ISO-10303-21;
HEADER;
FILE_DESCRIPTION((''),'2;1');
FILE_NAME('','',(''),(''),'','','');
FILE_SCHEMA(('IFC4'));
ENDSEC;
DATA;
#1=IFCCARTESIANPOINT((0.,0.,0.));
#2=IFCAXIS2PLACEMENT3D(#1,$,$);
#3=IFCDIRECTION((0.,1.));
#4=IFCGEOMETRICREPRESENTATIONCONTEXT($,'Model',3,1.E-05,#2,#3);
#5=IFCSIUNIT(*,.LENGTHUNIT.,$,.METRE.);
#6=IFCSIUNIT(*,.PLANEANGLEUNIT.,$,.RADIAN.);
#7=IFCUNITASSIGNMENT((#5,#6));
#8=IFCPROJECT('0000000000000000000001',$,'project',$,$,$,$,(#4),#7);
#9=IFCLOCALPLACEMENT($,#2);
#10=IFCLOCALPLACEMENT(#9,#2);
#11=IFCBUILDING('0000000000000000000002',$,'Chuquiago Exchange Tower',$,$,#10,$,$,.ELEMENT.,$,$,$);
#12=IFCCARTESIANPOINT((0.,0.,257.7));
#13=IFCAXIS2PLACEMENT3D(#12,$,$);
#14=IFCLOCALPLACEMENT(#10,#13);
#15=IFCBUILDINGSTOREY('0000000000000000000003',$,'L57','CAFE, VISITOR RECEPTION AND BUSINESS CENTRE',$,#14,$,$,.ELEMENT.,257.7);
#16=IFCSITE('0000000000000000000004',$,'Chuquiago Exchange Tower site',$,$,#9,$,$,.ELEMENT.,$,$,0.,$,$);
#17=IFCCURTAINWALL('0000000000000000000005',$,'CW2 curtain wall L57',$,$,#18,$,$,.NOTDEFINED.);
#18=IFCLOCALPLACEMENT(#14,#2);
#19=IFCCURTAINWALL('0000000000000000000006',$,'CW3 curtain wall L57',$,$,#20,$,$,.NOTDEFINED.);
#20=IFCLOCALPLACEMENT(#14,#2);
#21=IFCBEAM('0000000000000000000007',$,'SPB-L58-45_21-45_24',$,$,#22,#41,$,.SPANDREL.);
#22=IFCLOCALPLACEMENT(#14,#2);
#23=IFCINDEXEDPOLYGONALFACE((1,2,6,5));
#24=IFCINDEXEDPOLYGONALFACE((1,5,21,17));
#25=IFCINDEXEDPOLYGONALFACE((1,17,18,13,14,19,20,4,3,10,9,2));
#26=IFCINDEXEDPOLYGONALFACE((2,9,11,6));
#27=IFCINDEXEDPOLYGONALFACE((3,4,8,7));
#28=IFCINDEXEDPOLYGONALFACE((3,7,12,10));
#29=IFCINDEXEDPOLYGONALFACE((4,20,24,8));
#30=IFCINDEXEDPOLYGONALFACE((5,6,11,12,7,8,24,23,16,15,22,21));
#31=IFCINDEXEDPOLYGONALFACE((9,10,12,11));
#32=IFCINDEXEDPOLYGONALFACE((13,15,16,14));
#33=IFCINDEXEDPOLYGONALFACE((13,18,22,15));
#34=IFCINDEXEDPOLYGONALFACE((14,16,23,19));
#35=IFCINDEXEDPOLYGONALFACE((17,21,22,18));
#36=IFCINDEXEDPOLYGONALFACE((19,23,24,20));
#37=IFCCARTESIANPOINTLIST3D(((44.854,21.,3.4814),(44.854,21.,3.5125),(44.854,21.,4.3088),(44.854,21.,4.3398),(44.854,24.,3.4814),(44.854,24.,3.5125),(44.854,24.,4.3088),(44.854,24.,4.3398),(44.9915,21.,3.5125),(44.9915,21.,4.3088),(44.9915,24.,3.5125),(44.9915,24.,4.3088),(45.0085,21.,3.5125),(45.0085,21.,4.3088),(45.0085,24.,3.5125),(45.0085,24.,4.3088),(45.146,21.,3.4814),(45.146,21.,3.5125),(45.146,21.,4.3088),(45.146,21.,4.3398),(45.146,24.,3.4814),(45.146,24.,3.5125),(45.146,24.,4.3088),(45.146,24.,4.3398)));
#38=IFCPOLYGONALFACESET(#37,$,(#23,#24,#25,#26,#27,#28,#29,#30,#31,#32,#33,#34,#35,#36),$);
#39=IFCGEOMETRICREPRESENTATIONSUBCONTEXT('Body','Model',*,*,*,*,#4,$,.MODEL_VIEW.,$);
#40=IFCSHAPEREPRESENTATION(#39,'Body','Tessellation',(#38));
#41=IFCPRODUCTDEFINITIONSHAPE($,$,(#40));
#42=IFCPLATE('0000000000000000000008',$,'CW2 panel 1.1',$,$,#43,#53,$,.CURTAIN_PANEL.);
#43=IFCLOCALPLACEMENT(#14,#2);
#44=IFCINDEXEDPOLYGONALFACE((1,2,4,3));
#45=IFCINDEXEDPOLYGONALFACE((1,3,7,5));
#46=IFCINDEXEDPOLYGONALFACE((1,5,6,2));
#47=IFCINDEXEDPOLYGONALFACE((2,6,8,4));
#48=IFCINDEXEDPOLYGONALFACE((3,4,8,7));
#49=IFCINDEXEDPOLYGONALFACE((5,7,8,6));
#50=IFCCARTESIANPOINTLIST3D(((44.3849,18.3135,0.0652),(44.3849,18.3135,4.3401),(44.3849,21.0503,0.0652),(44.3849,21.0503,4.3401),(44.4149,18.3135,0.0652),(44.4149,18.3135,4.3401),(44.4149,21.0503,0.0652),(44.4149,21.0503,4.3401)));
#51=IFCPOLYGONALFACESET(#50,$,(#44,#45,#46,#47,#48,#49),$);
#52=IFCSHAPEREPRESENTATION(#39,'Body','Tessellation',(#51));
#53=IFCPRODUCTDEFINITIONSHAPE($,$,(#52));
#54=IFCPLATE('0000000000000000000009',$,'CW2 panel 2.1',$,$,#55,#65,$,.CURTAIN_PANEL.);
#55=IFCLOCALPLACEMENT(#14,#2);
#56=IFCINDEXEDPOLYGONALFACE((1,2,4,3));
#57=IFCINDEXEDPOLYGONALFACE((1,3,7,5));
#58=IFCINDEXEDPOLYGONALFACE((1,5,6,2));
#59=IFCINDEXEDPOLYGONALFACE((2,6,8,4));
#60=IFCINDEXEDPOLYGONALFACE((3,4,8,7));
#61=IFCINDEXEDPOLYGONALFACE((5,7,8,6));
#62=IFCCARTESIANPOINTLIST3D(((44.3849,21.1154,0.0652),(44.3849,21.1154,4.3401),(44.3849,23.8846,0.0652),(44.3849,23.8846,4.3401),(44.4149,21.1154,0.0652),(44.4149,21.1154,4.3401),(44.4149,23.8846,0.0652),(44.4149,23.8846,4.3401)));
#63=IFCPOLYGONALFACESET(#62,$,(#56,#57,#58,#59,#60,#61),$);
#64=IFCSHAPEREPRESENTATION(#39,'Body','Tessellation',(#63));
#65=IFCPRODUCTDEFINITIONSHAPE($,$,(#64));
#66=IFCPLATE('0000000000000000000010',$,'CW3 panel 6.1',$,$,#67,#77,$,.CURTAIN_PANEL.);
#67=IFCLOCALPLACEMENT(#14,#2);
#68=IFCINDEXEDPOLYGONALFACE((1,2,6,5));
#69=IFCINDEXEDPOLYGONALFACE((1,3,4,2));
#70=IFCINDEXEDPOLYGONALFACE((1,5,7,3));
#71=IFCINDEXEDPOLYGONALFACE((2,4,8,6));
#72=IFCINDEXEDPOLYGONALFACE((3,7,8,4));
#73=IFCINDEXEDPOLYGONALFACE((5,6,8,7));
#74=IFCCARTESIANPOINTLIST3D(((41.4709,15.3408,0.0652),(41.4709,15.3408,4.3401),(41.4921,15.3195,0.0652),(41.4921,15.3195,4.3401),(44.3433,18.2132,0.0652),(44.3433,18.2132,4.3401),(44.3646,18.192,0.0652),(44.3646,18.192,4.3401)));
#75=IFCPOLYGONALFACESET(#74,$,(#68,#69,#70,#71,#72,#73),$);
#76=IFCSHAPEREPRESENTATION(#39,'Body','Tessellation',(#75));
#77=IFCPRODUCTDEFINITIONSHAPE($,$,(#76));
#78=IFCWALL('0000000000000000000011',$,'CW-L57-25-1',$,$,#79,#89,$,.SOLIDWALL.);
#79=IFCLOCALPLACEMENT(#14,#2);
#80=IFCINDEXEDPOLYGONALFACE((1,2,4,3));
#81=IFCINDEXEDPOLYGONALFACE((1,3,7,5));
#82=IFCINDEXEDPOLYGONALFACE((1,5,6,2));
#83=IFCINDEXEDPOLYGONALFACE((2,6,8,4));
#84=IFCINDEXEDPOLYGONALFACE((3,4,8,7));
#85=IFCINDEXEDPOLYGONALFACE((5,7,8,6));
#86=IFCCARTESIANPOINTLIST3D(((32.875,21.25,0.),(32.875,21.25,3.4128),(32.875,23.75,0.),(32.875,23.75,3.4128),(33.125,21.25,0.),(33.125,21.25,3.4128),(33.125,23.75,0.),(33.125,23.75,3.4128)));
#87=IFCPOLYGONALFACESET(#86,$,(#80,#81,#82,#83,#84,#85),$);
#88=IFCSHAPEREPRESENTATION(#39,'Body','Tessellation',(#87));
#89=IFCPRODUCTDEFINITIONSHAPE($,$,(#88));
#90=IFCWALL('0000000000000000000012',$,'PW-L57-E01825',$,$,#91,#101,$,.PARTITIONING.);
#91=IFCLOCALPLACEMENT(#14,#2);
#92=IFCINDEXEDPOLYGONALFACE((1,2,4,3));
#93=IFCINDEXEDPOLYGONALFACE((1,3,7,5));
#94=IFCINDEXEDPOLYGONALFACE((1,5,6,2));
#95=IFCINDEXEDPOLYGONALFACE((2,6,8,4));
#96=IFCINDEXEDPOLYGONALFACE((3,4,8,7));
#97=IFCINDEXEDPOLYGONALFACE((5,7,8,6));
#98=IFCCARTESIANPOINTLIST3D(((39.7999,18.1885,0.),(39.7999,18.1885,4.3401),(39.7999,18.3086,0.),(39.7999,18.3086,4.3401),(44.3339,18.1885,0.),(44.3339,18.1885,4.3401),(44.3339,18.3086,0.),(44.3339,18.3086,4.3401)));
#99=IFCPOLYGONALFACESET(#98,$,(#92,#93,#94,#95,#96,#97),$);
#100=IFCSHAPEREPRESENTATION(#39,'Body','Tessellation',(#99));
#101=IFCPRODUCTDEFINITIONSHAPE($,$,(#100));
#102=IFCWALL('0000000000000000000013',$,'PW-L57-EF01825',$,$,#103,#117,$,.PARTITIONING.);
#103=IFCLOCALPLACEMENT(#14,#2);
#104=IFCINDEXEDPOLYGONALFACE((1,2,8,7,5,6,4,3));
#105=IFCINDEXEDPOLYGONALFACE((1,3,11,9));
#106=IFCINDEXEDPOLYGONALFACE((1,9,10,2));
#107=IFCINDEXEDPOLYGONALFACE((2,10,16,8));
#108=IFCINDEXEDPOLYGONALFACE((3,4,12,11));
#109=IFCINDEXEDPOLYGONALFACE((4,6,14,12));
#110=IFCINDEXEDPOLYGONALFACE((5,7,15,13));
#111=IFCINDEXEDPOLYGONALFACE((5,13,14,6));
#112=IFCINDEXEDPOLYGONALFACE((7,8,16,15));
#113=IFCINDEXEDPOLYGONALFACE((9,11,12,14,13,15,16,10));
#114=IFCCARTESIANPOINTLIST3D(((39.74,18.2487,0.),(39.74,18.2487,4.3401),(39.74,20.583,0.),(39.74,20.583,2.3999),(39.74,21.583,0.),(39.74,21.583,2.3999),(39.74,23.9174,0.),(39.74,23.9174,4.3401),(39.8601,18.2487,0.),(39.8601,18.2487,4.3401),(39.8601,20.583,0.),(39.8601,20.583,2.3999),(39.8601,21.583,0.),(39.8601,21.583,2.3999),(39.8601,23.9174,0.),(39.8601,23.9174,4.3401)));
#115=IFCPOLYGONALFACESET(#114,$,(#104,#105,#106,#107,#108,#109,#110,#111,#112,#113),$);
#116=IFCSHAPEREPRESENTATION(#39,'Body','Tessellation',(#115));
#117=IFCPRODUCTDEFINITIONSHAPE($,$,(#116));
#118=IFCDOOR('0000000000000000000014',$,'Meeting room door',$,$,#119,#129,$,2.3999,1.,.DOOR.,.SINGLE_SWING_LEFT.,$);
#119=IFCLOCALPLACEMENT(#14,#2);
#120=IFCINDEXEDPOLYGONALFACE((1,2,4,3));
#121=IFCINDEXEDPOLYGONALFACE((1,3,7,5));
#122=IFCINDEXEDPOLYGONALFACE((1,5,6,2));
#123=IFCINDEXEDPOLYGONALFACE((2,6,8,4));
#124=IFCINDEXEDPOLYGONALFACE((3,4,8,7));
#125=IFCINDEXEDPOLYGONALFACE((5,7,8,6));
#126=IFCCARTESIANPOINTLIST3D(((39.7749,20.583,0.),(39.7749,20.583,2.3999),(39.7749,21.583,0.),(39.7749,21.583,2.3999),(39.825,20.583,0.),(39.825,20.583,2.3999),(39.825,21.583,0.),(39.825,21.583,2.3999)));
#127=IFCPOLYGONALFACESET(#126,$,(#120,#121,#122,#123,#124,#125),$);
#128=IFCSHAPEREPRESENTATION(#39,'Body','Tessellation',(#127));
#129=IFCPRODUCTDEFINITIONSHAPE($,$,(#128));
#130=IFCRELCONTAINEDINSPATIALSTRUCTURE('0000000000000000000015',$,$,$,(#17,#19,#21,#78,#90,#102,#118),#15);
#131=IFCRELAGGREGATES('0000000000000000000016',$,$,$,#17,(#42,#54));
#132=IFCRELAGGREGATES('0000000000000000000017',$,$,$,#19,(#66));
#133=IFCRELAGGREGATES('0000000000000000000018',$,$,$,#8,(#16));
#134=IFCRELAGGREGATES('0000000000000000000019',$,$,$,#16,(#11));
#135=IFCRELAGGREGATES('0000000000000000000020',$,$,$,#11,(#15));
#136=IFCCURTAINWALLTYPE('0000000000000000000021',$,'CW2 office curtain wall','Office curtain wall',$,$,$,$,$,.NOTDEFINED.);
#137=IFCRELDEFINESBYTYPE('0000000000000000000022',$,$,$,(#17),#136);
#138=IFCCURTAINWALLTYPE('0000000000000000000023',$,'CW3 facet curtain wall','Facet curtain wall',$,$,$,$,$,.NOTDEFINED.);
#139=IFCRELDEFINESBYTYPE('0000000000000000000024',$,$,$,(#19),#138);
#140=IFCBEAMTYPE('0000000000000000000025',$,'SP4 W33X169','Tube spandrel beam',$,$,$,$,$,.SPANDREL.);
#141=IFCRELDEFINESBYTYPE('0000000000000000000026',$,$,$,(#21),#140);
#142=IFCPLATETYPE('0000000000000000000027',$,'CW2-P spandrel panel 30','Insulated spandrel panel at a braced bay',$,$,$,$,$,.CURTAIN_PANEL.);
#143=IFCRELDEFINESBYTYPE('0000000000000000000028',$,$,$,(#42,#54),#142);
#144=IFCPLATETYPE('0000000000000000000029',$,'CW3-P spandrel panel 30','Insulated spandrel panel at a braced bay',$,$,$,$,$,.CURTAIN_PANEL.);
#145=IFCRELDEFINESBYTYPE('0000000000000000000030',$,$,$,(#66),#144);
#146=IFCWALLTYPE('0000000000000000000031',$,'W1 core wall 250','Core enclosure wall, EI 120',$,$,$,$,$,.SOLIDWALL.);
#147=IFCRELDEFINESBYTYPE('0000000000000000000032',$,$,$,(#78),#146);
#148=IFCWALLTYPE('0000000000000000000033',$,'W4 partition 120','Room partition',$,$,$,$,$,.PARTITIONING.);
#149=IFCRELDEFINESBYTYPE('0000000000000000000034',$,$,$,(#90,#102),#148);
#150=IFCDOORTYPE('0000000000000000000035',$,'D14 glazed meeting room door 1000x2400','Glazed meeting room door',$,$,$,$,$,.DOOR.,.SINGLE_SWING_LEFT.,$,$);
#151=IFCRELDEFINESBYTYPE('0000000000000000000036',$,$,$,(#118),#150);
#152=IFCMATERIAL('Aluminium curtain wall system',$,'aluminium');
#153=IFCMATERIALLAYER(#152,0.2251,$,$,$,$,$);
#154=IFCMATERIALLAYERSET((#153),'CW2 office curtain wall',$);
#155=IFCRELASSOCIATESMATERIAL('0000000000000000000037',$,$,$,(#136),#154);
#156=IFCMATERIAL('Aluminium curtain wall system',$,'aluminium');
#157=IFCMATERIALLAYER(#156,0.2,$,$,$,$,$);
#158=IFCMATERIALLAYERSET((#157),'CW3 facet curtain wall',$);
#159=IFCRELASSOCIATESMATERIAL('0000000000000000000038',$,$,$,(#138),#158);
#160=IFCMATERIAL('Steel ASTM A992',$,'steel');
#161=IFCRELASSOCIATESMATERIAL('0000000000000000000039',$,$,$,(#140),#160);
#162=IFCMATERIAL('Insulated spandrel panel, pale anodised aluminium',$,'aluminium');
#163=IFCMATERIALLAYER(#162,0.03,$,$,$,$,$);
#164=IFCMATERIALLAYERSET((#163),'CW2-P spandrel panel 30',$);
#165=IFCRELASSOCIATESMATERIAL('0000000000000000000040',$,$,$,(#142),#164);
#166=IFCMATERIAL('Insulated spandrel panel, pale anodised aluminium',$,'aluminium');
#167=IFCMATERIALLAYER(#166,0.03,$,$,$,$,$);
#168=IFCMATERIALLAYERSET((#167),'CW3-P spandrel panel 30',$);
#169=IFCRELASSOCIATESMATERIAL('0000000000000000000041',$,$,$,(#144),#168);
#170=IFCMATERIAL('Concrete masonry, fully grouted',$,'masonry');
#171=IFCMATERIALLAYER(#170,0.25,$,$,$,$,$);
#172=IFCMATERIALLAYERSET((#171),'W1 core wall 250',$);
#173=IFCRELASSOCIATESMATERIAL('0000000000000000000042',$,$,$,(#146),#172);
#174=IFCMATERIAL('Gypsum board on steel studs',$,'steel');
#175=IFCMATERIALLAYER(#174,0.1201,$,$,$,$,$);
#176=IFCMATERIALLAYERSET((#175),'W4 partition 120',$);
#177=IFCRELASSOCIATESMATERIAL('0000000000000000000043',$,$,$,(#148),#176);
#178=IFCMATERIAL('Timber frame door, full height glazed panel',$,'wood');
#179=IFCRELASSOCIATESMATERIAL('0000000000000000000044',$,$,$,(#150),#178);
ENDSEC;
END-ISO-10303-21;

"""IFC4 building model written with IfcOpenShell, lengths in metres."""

from ifc_helpers import new_model, si_unit, direction, frame, frame_2d, origin, origin_2d, place, context, subcontext, project, spatial, rectangle, i_section, extrude, material, layer, layer_set, material_profile, profile_set, type_object, element, fill, aggregate, save


model = new_model("IFC4")

# Units and contexts
model_context = context("Model", 3, precision=1e-05, world=origin(), true_north=direction((0.0, 1.0)))
body_context = subcontext(model_context, "Body", "Model", "MODEL_VIEW")
ifc_project = project(units=[si_unit("LENGTHUNIT", "METRE"), si_unit("PLANEANGLEUNIT", "RADIAN")], contexts=[model_context])

# Site, building, storey
site_placement = place(None, origin())
site = spatial("IfcSite", under=ifc_project, at=site_placement, Name="Chuquiago Exchange Tower site", CompositionType="ELEMENT", RefElevation=0.0)
building_placement = place(site_placement, origin())
building = spatial("IfcBuilding", under=site, at=building_placement, Name="Chuquiago Exchange Tower", CompositionType="ELEMENT")
storey_placement = place(building_placement, frame((0.0, 0.0, 257.7)))
storey = spatial("IfcBuildingStorey", under=building, at=storey_placement, Name="L57", Description="CAFE, VISITOR RECEPTION AND BUSINESS CENTRE", CompositionType="ELEMENT", Elevation=257.7)

# Curtain walls
ifc_material_1 = material(Name="Aluminium curtain wall system", Category="aluminium")
ifc_layer_1 = layer(ifc_material_1, 0.2251)
ifc_layer_set_1 = layer_set([ifc_layer_1], Name="CW2 office curtain wall")
curtain_wall_type_1 = type_object("IfcCurtainWallType", Name="CW2 office curtain wall", Description="Office curtain wall", PredefinedType="NOTDEFINED", material=ifc_layer_set_1)
curtain_wall_1_placement = place(storey_placement, origin())
curtain_wall_1 = element("IfcCurtainWall", 1, at=curtain_wall_1_placement, inside=storey, type_object=curtain_wall_type_1, Name="CW2 curtain wall L57", PredefinedType="NOTDEFINED")
ifc_material_2 = material(Name="Aluminium curtain wall system", Category="aluminium")
ifc_layer_2 = layer(ifc_material_2, 0.2)
ifc_layer_set_2 = layer_set([ifc_layer_2], Name="CW3 facet curtain wall")
curtain_wall_type_2 = type_object("IfcCurtainWallType", Name="CW3 facet curtain wall", Description="Facet curtain wall", PredefinedType="NOTDEFINED", material=ifc_layer_set_2)
curtain_wall_2_placement = place(storey_placement, origin())
curtain_wall_2 = element("IfcCurtainWall", 2, at=curtain_wall_2_placement, inside=storey, type_object=curtain_wall_type_2, Name="CW3 curtain wall L57", PredefinedType="NOTDEFINED")

# Beam
ifc_material_3 = material(Name="Steel ASTM A992", Category="steel")
ifc_material_profile_1 = material_profile(ifc_material_3, i_section(OverallWidth=0.292, OverallDepth=0.8584, WebThickness=0.0171, FlangeThickness=0.031, at=origin_2d()), Name="W33X169")
ifc_profile_set_1 = profile_set([ifc_material_profile_1], Name="Steel ASTM A992")
beam_type_1 = type_object("IfcBeamType", Name="SP4 W33X169", Description="Tube spandrel beam", PredefinedType="SPANDREL", material=ifc_profile_set_1)
for number, where, z_axis, x_axis, name in (
    (3, (45.0, 21.0, 3.9106), (0.0, 1.0, 0.0), (-1.0, 0.0, 0.0), "SPB-L58-45_21-45_24"),
):
    element("IfcBeam", number, at=place(storey_placement, frame(where, z_axis=z_axis, x_axis=x_axis)), inside=storey, type_object=beam_type_1, Name=name, PredefinedType="SPANDREL", context=body_context, shape_type="SweptSolid", body=[
        extrude(i_section(OverallWidth=0.292, OverallDepth=0.8584, WebThickness=0.0171, FlangeThickness=0.031, at=origin_2d()), origin(), (0.0, 0.0, 1.0), 3.0),
    ])

# Plates
ifc_material_4 = material(Name="Insulated spandrel panel, pale anodised aluminium", Category="aluminium")
ifc_layer_3 = layer(ifc_material_4, 0.03)
ifc_layer_set_3 = layer_set([ifc_layer_3], Name="CW2-P spandrel panel 30")
plate_type_1 = type_object("IfcPlateType", Name="CW2-P spandrel panel 30", Description="Insulated spandrel panel at a braced bay", PredefinedType="CURTAIN_PANEL", material=ifc_layer_set_3)
plate_1_placement = place(storey_placement, frame((44.3999, 19.6819, 0.0652), z_axis=(0.0, 0.0, 1.0), x_axis=(0.0, 1.0, 0.0)))
plate_1 = element("IfcPlate", 4, at=plate_1_placement, type_object=plate_type_1, Name="CW2 panel 1.1", PredefinedType="CURTAIN_PANEL", context=body_context, shape_type="SweptSolid", body=[
    extrude(rectangle(XDim=2.7368, YDim=0.03, at=origin_2d()), origin(), (0.0, 0.0, 1.0), 4.2749),
])
plate_2_placement = place(storey_placement, frame((44.3999, 22.5, 0.0652), z_axis=(0.0, 0.0, 1.0), x_axis=(0.0, 1.0, 0.0)))
plate_2 = element("IfcPlate", 5, at=plate_2_placement, type_object=plate_type_1, Name="CW2 panel 2.1", PredefinedType="CURTAIN_PANEL", context=body_context, shape_type="SweptSolid", body=[
    extrude(rectangle(XDim=2.7693, YDim=0.03, at=origin_2d()), origin(), (0.0, 0.0, 1.0), 4.2749),
])
aggregate(curtain_wall_1, [plate_1, plate_2])
ifc_material_5 = material(Name="Insulated spandrel panel, pale anodised aluminium", Category="aluminium")
ifc_layer_4 = layer(ifc_material_5, 0.03)
ifc_layer_set_4 = layer_set([ifc_layer_4], Name="CW3-P spandrel panel 30")
plate_type_2 = type_object("IfcPlateType", Name="CW3-P spandrel panel 30", Description="Insulated spandrel panel at a braced bay", PredefinedType="CURTAIN_PANEL", material=ifc_layer_set_4)
plate_3_placement = place(storey_placement, frame((42.9177, 16.7664, 0.0652), z_axis=(0.0, 0.0, 1.0), x_axis=(0.707107, 0.707107, 0.0)))
plate_3 = element("IfcPlate", 6, at=plate_3_placement, type_object=plate_type_2, Name="CW3 panel 6.1", PredefinedType="CURTAIN_PANEL", context=body_context, shape_type="SweptSolid", body=[
    extrude(rectangle(XDim=4.0623, YDim=0.03, at=origin_2d()), origin(), (0.0, 0.0, 1.0), 4.2749),
])
aggregate(curtain_wall_2, [plate_3])

# Walls
ifc_material_6 = material(Name="Concrete masonry, fully grouted", Category="masonry")
ifc_layer_5 = layer(ifc_material_6, 0.25)
ifc_layer_set_5 = layer_set([ifc_layer_5], Name="W1 core wall 250")
wall_type_1 = type_object("IfcWallType", Name="W1 core wall 250", Description="Core enclosure wall, EI 120", PredefinedType="SOLIDWALL", material=ifc_layer_set_5)
wall_1_placement = place(storey_placement, frame((33.0, 21.25, 0.0), z_axis=(0.0, 0.0, 1.0), x_axis=(0.0, 1.0, 0.0)))
element("IfcWall", 7, at=wall_1_placement, inside=storey, type_object=wall_type_1, Name="CW-L57-25-1", PredefinedType="SOLIDWALL", context=body_context, shape_type="SweptSolid", body=[
    extrude(rectangle(XDim=2.5, YDim=0.25, at=frame_2d((1.25, 0.0))), origin(), (0.0, 0.0, 1.0), 3.4128),
])
ifc_material_7 = material(Name="Gypsum board on steel studs", Category="steel")
ifc_layer_6 = layer(ifc_material_7, 0.1201)
ifc_layer_set_6 = layer_set([ifc_layer_6], Name="W4 partition 120")
wall_type_2 = type_object("IfcWallType", Name="W4 partition 120", Description="Room partition", PredefinedType="PARTITIONING", material=ifc_layer_set_6)
wall_2_placement = place(storey_placement, frame((44.334, 18.2485, 0.0), z_axis=(0.0, 0.0, 1.0), x_axis=(-1.0, 0.0, 0.0)))
element("IfcWall", 8, at=wall_2_placement, inside=storey, type_object=wall_type_2, Name="PW-L57-E01825", PredefinedType="PARTITIONING", context=body_context, shape_type="SweptSolid", body=[
    extrude(rectangle(XDim=4.5339, YDim=0.1201, at=frame_2d((2.2671, 0.0))), origin(), (0.0, 0.0, 1.0), 4.3401),
])

# Wall, opening, door
wall_3_placement = place(storey_placement, frame((39.8, 18.2485, 0.0), z_axis=(0.0, 0.0, 1.0), x_axis=(0.0, 1.0, 0.0)))
wall_3 = element("IfcWall", 9, at=wall_3_placement, inside=storey, type_object=wall_type_2, Name="PW-L57-EF01825", PredefinedType="PARTITIONING", context=body_context, shape_type="SweptSolid", body=[
    extrude(rectangle(XDim=5.6687, YDim=0.1201, at=frame_2d((2.8345, 0.0))), origin(), (0.0, 0.0, 1.0), 4.3401),
])
opening_1_placement = place(wall_3_placement, frame((2.3345, 0.0, 0.0)))
opening_1 = element("IfcOpeningElement", 10, at=opening_1_placement, cuts=wall_3, PredefinedType="OPENING", context=body_context, shape_type="SweptSolid", body=[
    extrude(rectangle(XDim=1.0, YDim=2.3999, at=frame_2d((0.5, 1.2))), frame((0.0, 0.0701, 0.0), z_axis=(0.0, -1.0, 0.0), x_axis=(1.0, 0.0, 0.0)), (0.0, 0.0, 1.0), 0.1401),
])
ifc_material_8 = material(Name="Timber frame door, full height glazed panel", Category="wood")
door_type_1 = type_object("IfcDoorType", Name="D14 glazed meeting room door 1000x2400", Description="Glazed meeting room door", OperationType="SINGLE_SWING_LEFT", PredefinedType="DOOR", material=ifc_material_8)
door_1_placement = place(opening_1_placement, frame((1.0, 0.0, 0.0), z_axis=(0.0, 0.0, 1.0), x_axis=(-1.0, 0.0, 0.0)))
door_1 = element("IfcDoor", 11, at=door_1_placement, inside=storey, type_object=door_type_1, Name="Meeting room door", OperationType="SINGLE_SWING_LEFT", OverallHeight=2.3999, OverallWidth=1.0, PredefinedType="DOOR", context=body_context, shape_type="SweptSolid", body=[
    extrude(rectangle(XDim=1.0, YDim=2.3999, at=frame_2d((0.5, 1.2))), frame((0.0, 0.0249, 0.0), z_axis=(0.0, -1.0, 0.0), x_axis=(1.0, 0.0, 0.0)), (0.0, 0.0, 1.0), 0.05),
])
fill(opening_1, door_1)

save(model, "model.ifc")
